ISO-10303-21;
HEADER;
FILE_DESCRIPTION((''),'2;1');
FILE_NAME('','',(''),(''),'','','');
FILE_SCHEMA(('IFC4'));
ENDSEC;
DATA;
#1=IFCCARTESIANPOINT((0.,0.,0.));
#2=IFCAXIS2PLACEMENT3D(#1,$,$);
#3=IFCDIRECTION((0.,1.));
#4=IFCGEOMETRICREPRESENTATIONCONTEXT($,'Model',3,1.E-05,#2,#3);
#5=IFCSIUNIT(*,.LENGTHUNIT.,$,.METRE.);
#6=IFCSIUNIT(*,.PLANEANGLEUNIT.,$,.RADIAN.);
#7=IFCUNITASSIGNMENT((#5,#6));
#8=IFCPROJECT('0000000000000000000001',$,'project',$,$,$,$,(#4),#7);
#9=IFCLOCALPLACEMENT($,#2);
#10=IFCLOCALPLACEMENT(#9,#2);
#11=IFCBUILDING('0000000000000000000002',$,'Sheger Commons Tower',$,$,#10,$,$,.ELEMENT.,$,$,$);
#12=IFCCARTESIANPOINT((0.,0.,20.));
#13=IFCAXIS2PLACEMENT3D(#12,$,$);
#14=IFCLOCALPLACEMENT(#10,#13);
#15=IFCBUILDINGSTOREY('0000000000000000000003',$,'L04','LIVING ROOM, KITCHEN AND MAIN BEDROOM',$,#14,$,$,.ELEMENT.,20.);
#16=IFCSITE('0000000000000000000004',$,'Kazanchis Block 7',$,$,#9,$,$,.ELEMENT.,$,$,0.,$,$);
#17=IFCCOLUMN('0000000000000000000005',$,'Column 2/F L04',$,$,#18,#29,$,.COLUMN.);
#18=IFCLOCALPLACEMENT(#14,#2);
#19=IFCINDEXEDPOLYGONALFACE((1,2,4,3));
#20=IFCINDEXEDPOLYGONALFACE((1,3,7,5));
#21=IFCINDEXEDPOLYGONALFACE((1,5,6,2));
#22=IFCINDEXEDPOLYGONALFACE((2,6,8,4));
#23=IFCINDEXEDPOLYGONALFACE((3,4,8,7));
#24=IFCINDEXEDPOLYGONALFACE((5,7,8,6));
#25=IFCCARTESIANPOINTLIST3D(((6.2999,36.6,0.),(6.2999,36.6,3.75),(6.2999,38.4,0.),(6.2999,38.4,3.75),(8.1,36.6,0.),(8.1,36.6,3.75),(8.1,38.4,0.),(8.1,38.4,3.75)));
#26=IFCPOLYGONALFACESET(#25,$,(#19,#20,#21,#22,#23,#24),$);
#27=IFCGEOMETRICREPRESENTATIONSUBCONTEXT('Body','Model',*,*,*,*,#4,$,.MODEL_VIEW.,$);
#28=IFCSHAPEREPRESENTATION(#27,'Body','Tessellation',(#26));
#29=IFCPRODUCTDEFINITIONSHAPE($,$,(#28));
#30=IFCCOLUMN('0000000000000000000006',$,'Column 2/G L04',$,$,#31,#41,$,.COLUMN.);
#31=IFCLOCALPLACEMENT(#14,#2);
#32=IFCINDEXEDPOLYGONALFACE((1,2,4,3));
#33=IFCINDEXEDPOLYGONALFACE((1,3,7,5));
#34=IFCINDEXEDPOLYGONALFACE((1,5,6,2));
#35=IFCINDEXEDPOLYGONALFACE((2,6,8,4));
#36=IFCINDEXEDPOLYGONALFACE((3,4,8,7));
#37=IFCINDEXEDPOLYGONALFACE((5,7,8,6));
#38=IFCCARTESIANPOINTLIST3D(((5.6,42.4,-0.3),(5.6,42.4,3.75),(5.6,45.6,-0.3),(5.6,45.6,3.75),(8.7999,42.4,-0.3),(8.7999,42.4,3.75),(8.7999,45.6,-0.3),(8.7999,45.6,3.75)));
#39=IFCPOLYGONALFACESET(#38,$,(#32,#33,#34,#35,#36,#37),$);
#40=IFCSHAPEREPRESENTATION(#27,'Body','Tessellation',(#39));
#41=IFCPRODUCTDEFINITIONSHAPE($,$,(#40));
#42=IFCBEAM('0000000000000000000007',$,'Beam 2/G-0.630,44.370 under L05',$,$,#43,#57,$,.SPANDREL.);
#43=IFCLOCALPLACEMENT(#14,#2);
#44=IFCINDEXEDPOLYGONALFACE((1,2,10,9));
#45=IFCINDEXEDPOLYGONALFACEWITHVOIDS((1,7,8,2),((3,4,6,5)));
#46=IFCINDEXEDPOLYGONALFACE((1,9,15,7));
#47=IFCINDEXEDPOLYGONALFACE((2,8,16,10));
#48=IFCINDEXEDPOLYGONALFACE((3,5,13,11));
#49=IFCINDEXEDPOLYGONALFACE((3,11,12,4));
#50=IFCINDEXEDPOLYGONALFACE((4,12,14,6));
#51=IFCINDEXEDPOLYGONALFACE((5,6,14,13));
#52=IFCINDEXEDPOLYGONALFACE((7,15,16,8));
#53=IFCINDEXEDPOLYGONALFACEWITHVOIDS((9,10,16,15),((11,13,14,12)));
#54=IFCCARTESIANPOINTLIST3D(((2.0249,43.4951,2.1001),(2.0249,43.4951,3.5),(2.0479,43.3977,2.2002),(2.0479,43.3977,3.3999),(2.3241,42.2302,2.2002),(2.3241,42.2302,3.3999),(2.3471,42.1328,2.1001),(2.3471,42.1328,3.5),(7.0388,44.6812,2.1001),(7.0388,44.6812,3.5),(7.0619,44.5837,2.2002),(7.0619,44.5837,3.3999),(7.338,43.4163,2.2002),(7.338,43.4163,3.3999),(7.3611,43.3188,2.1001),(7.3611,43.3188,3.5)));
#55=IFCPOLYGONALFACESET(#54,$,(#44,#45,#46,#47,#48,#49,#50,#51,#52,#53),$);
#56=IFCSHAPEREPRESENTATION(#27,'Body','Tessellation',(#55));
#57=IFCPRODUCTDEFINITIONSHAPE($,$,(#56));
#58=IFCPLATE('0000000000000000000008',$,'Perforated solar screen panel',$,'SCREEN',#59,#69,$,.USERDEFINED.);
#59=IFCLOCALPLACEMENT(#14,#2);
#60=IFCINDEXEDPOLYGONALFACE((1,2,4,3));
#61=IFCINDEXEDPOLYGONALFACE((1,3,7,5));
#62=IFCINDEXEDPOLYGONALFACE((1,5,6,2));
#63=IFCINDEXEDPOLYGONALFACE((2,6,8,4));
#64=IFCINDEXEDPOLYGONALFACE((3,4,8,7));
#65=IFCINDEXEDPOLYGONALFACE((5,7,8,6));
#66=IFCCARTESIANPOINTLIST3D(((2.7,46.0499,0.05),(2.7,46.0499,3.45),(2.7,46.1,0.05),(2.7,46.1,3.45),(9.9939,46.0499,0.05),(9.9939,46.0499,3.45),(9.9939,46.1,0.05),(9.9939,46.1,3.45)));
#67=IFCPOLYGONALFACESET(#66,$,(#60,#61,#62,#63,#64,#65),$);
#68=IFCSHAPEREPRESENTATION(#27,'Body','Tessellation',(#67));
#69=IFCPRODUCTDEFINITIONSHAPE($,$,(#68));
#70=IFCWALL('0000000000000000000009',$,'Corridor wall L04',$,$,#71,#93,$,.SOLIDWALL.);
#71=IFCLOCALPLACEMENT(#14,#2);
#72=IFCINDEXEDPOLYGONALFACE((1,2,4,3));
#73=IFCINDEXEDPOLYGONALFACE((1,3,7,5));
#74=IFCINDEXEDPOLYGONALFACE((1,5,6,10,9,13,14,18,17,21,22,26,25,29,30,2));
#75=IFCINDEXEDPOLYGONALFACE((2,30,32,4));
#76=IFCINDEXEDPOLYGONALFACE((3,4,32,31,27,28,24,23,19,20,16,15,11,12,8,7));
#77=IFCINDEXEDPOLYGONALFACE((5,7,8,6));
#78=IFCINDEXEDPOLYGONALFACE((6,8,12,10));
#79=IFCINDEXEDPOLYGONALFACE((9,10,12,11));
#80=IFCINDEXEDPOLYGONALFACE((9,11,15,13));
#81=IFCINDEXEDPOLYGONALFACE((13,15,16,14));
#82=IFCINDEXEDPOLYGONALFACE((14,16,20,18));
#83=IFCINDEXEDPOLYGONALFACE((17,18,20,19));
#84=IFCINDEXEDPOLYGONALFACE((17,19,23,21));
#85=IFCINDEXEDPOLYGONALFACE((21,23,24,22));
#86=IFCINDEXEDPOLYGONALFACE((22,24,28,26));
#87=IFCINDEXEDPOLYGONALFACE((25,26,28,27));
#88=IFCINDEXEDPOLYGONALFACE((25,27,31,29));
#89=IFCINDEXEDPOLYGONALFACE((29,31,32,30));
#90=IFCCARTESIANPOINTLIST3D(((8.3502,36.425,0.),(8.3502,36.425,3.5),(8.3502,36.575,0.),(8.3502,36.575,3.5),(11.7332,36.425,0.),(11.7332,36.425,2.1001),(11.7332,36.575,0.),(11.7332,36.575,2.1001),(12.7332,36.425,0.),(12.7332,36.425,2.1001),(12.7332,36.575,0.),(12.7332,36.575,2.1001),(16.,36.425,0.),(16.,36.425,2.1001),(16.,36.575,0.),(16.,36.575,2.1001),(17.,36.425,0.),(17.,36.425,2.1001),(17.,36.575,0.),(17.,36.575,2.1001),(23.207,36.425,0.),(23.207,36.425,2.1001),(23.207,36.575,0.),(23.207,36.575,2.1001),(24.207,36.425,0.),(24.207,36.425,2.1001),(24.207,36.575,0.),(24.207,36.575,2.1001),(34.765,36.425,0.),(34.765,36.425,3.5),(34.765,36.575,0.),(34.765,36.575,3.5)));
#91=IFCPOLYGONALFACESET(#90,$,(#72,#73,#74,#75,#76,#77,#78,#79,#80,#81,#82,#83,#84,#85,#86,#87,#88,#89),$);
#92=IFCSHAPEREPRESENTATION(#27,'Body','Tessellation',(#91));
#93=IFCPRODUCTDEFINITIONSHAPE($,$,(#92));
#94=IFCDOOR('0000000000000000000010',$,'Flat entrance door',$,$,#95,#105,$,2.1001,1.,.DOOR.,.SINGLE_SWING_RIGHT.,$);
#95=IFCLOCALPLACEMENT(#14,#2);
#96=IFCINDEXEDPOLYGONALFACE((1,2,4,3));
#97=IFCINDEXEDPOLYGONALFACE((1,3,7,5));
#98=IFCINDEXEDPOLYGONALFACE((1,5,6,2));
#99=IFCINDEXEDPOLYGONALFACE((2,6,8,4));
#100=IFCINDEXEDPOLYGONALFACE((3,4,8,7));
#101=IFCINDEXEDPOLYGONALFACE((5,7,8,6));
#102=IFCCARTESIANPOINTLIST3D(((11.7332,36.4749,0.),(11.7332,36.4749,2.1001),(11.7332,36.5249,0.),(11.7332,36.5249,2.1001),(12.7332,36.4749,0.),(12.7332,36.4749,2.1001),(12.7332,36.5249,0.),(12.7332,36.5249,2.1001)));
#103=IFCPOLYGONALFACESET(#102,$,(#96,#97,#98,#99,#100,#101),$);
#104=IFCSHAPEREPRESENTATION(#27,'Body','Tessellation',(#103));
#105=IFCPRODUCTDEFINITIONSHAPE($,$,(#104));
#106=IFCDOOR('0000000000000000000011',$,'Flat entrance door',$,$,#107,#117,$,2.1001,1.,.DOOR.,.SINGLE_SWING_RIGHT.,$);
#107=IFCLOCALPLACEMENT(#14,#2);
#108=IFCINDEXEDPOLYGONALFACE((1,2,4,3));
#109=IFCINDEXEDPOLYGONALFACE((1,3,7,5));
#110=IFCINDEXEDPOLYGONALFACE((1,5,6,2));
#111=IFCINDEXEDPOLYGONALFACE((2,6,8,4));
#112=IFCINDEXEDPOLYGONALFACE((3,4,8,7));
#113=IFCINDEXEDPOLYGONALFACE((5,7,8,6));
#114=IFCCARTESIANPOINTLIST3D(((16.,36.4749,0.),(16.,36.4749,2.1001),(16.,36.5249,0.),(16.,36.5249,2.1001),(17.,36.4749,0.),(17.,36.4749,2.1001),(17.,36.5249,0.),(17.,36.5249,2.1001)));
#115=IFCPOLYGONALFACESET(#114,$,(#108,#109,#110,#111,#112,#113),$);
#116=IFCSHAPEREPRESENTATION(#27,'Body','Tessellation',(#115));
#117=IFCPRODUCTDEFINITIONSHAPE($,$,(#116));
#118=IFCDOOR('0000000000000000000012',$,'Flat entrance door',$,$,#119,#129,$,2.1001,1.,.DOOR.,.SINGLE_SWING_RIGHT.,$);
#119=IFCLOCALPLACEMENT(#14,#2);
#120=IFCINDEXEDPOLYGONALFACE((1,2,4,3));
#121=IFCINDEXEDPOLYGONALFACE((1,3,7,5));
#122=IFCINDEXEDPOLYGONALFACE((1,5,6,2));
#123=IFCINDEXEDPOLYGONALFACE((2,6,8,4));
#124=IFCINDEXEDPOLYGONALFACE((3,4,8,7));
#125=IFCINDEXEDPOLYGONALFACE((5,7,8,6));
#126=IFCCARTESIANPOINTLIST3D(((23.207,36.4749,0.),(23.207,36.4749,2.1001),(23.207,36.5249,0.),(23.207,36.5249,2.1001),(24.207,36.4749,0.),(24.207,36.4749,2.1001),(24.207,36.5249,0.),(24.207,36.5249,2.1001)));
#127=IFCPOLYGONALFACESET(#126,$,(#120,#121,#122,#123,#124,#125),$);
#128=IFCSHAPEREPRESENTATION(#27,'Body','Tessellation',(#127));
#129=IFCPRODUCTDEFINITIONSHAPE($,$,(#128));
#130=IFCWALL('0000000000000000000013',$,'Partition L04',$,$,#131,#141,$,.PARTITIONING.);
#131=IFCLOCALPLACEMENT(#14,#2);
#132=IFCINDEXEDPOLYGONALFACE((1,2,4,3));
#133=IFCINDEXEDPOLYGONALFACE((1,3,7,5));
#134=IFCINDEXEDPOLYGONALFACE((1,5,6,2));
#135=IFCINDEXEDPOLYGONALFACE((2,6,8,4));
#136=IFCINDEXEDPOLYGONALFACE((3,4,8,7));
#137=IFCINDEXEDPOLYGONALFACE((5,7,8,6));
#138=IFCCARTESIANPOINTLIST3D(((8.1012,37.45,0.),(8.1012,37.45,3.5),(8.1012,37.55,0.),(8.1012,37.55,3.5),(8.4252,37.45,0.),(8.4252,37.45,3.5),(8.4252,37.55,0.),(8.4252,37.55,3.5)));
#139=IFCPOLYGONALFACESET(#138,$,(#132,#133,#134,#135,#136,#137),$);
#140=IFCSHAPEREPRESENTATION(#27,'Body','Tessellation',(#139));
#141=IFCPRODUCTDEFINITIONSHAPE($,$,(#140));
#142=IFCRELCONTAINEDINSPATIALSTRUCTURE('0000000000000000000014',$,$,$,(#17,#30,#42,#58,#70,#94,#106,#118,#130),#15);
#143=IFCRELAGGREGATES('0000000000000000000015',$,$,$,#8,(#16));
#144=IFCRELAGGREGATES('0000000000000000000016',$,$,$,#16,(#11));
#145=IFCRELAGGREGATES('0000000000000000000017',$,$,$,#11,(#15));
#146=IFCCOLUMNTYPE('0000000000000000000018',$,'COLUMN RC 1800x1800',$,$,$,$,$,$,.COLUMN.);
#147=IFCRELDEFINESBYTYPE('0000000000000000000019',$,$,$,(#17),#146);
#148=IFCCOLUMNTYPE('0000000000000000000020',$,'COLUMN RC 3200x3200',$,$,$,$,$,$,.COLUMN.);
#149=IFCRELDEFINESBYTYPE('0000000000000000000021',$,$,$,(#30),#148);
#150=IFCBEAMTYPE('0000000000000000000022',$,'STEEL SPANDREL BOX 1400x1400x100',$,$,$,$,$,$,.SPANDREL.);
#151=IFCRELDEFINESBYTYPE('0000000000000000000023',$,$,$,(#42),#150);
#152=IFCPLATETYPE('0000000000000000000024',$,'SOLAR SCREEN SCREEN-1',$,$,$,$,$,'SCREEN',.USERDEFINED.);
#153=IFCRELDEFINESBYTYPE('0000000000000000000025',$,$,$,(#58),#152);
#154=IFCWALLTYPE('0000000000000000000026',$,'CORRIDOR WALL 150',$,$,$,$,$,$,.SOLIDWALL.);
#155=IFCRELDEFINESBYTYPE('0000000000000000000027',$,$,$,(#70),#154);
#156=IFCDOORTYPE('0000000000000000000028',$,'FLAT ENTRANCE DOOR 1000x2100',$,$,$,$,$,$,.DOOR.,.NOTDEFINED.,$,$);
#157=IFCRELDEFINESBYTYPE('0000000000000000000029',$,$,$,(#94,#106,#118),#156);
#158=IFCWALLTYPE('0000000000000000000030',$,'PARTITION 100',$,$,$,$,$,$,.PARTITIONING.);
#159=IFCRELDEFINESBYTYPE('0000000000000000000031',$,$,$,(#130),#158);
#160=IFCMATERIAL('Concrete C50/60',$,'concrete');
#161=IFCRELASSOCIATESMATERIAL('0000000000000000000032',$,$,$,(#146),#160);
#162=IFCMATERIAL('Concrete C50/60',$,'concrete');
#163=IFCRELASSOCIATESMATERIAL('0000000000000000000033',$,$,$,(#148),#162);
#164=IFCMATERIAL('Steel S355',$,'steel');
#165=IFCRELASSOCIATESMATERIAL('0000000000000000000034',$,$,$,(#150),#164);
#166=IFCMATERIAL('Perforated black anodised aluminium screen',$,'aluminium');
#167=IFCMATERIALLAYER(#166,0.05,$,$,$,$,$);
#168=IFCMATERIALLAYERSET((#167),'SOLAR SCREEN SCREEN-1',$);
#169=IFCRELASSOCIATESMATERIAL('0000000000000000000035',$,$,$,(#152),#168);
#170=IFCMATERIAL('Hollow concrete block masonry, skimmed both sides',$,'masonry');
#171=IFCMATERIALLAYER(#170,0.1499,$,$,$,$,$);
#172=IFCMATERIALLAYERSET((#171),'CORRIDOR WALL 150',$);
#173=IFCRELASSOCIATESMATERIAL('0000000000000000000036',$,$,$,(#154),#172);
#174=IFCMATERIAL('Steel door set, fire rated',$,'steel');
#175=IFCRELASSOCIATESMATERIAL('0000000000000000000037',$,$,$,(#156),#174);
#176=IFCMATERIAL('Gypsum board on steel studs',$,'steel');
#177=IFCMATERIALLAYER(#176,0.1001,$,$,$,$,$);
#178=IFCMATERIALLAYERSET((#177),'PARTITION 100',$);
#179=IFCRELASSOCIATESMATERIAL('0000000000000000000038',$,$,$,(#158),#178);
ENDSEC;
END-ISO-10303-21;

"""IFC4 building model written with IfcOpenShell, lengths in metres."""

from ifc_helpers import new_model, si_unit, direction, frame, frame_2d, origin, origin_2d, place, context, subcontext, project, spatial, rectangle, hollow_rectangle, extrude, material, layer, layer_set, material_profile, profile_set, type_object, element, fill, save


model = new_model("IFC4")

# Units and contexts
model_context = context("Model", 3, precision=1e-05, world=origin(), true_north=direction((0.0, 1.0)))
body_context = subcontext(model_context, "Body", "Model", "MODEL_VIEW")
ifc_project = project(units=[si_unit("LENGTHUNIT", "METRE"), si_unit("PLANEANGLEUNIT", "RADIAN")], contexts=[model_context])

# Site, building, storey
site_placement = place(None, origin())
site = spatial("IfcSite", under=ifc_project, at=site_placement, Name="Kazanchis Block 7", CompositionType="ELEMENT", RefElevation=0.0)
building_placement = place(site_placement, origin())
building = spatial("IfcBuilding", under=site, at=building_placement, Name="Sheger Commons Tower", CompositionType="ELEMENT")
storey_placement = place(building_placement, frame((0.0, 0.0, 20.0)))
storey = spatial("IfcBuildingStorey", under=building, at=storey_placement, Name="L04", Description="LIVING ROOM, KITCHEN AND MAIN BEDROOM", CompositionType="ELEMENT", Elevation=20.0)

# Columns
ifc_material_1 = material(Name="Concrete C50/60", Category="concrete")
ifc_material_profile_1 = material_profile(ifc_material_1, rectangle(XDim=1.8, YDim=1.8, at=origin_2d()), Name="RC 1800x1800")
ifc_profile_set_1 = profile_set([ifc_material_profile_1], Name="Concrete C50/60")
column_type_1 = type_object("IfcColumnType", Name="COLUMN RC 1800x1800", PredefinedType="COLUMN", material=ifc_profile_set_1)
column_1_placement = place(storey_placement, frame((7.2, 37.5, 0.0), z_axis=(0.0, 0.0, 1.0), x_axis=(1.0, 0.0, 0.0)))
element("IfcColumn", 1, at=column_1_placement, inside=storey, type_object=column_type_1, Name="Column 2/F L04", PredefinedType="COLUMN", context=body_context, shape_type="SweptSolid", body=[
    extrude(rectangle(XDim=1.8, YDim=1.8, at=origin_2d()), origin(), (0.0, 0.0, 1.0), 3.75),
])
ifc_material_2 = material(Name="Concrete C50/60", Category="concrete")
ifc_material_profile_2 = material_profile(ifc_material_2, rectangle(XDim=3.2, YDim=3.2, at=origin_2d()), Name="RC 3200x3200")
ifc_profile_set_2 = profile_set([ifc_material_profile_2], Name="Concrete C50/60")
column_type_2 = type_object("IfcColumnType", Name="COLUMN RC 3200x3200", PredefinedType="COLUMN", material=ifc_profile_set_2)
column_2_placement = place(storey_placement, frame((7.2, 44.0, -0.3), z_axis=(0.0, 0.0, 1.0), x_axis=(1.0, 0.0, 0.0)))
element("IfcColumn", 2, at=column_2_placement, inside=storey, type_object=column_type_2, Name="Column 2/G L04", PredefinedType="COLUMN", context=body_context, shape_type="SweptSolid", body=[
    extrude(rectangle(XDim=3.2, YDim=3.2, at=origin_2d()), origin(), (0.0, 0.0, 1.0), 4.05),
])

# Beam
ifc_material_3 = material(Name="Steel S355", Category="steel")
ifc_material_profile_3 = material_profile(ifc_material_3, hollow_rectangle(XDim=1.3999, YDim=1.3999, WallThickness=0.1001, at=origin_2d()), Name="BOX 1400x1400x100")
ifc_profile_set_3 = profile_set([ifc_material_profile_3], Name="Steel S355")
beam_type = type_object("IfcBeamType", Name="STEEL SPANDREL BOX 1400x1400x100", PredefinedType="SPANDREL", material=ifc_profile_set_3)
beam_placement = place(storey_placement, frame((7.2, 44.0, 2.8), z_axis=(-0.973144, -0.230196, 0.0), x_axis=(0.230196, -0.973144, 0.0)))
element("IfcBeam", 3, at=beam_placement, inside=storey, type_object=beam_type, Name="Beam 2/G-0.630,44.370 under L05", PredefinedType="SPANDREL", context=body_context, shape_type="SweptSolid", body=[
    extrude(hollow_rectangle(XDim=1.3999, YDim=1.3999, WallThickness=0.1001, at=origin_2d()), origin(), (0.0, 0.0, 1.0), 5.1523),
])

# Plate
ifc_material_4 = material(Name="Perforated black anodised aluminium screen", Category="aluminium")
ifc_layer_1 = layer(ifc_material_4, 0.05)
ifc_layer_set_1 = layer_set([ifc_layer_1], Name="SOLAR SCREEN SCREEN-1")
plate_type = type_object("IfcPlateType", Name="SOLAR SCREEN SCREEN-1", ElementType="SCREEN", PredefinedType="USERDEFINED", material=ifc_layer_set_1)
plate_placement = place(storey_placement, frame((6.3469, 46.075, 0.05), z_axis=(0.0, 0.0, 1.0), x_axis=(-1.0, 0.0, 0.0)))
element("IfcPlate", 4, at=plate_placement, inside=storey, type_object=plate_type, Name="Perforated solar screen panel", ObjectType="SCREEN", PredefinedType="USERDEFINED", context=body_context, shape_type="SweptSolid", body=[
    extrude(rectangle(XDim=7.2939, YDim=0.05, at=origin_2d()), origin(), (0.0, 0.0, 1.0), 3.3999),
])

# Wall, openings, doors
ifc_material_5 = material(Name="Hollow concrete block masonry, skimmed both sides", Category="masonry")
ifc_layer_2 = layer(ifc_material_5, 0.1499)
ifc_layer_set_2 = layer_set([ifc_layer_2], Name="CORRIDOR WALL 150")
wall_type_1 = type_object("IfcWallType", Name="CORRIDOR WALL 150", PredefinedType="SOLIDWALL", material=ifc_layer_set_2)
wall_1_placement = place(storey_placement, frame((8.3501, 36.5, 0.0), z_axis=(0.0, 0.0, 1.0), x_axis=(1.0, 0.0, 0.0)))
wall_1 = element("IfcWall", 5, at=wall_1_placement, inside=storey, type_object=wall_type_1, Name="Corridor wall L04", PredefinedType="SOLIDWALL", context=body_context, shape_type="SweptSolid", body=[
    extrude(rectangle(XDim=26.4148, YDim=0.1499, at=frame_2d((13.2075, 0.0))), origin(), (0.0, 0.0, 1.0), 3.5),
])
opening_1_placement = place(wall_1_placement, frame((3.3831, 0.0, 0.0)))
opening_1 = element("IfcOpeningElement", 6, at=opening_1_placement, cuts=wall_1, PredefinedType="OPENING", context=body_context, shape_type="SweptSolid", body=[
    extrude(rectangle(XDim=1.0, YDim=2.1001, at=frame_2d((0.5, 1.05))), frame((0.0, 0.085, 0.0), z_axis=(0.0, -1.0, 0.0), x_axis=(1.0, 0.0, 0.0)), (0.0, 0.0, 1.0), 0.1699),
])
opening_2_placement = place(wall_1_placement, frame((7.6499, 0.0, 0.0)))
opening_2 = element("IfcOpeningElement", 7, at=opening_2_placement, cuts=wall_1, PredefinedType="OPENING", context=body_context, shape_type="SweptSolid", body=[
    extrude(rectangle(XDim=1.0, YDim=2.1001, at=frame_2d((0.5, 1.05))), frame((0.0, 0.085, 0.0), z_axis=(0.0, -1.0, 0.0), x_axis=(1.0, 0.0, 0.0)), (0.0, 0.0, 1.0), 0.1699),
])
opening_3_placement = place(wall_1_placement, frame((14.8569, 0.0, 0.0)))
opening_3 = element("IfcOpeningElement", 8, at=opening_3_placement, cuts=wall_1, PredefinedType="OPENING", context=body_context, shape_type="SweptSolid", body=[
    extrude(rectangle(XDim=1.0, YDim=2.1001, at=frame_2d((0.5, 1.05))), frame((0.0, 0.085, 0.0), z_axis=(0.0, -1.0, 0.0), x_axis=(1.0, 0.0, 0.0)), (0.0, 0.0, 1.0), 0.1699),
])
ifc_material_6 = material(Name="Steel door set, fire rated", Category="steel")
door_type_1 = type_object("IfcDoorType", Name="FLAT ENTRANCE DOOR 1000x2100", OperationType="NOTDEFINED", PredefinedType="DOOR", material=ifc_material_6)
door_1_placement = place(opening_1_placement, origin())
door_1 = element("IfcDoor", 9, at=door_1_placement, inside=storey, type_object=door_type_1, Name="Flat entrance door", OperationType="SINGLE_SWING_RIGHT", OverallHeight=2.1001, OverallWidth=1.0, PredefinedType="DOOR", context=body_context, shape_type="SweptSolid", body=[
    extrude(rectangle(XDim=1.0, YDim=2.1001, at=frame_2d((0.5, 1.05))), frame((0.0, 0.0249, 0.0), z_axis=(0.0, -1.0, 0.0), x_axis=(1.0, 0.0, 0.0)), (0.0, 0.0, 1.0), 0.05),
])
fill(opening_1, door_1)
door_2_placement = place(opening_2_placement, origin())
door_2 = element("IfcDoor", 10, at=door_2_placement, inside=storey, type_object=door_type_1, Name="Flat entrance door", OperationType="SINGLE_SWING_RIGHT", OverallHeight=2.1001, OverallWidth=1.0, PredefinedType="DOOR", context=body_context, shape_type="SweptSolid", body=[
    extrude(rectangle(XDim=1.0, YDim=2.1001, at=frame_2d((0.5, 1.05))), frame((0.0, 0.0249, 0.0), z_axis=(0.0, -1.0, 0.0), x_axis=(1.0, 0.0, 0.0)), (0.0, 0.0, 1.0), 0.05),
])
fill(opening_2, door_2)
door_3_placement = place(opening_3_placement, origin())
door_3 = element("IfcDoor", 11, at=door_3_placement, inside=storey, type_object=door_type_1, Name="Flat entrance door", OperationType="SINGLE_SWING_RIGHT", OverallHeight=2.1001, OverallWidth=1.0, PredefinedType="DOOR", context=body_context, shape_type="SweptSolid", body=[
    extrude(rectangle(XDim=1.0, YDim=2.1001, at=frame_2d((0.5, 1.05))), frame((0.0, 0.0249, 0.0), z_axis=(0.0, -1.0, 0.0), x_axis=(1.0, 0.0, 0.0)), (0.0, 0.0, 1.0), 0.05),
])
fill(opening_3, door_3)

# Wall
ifc_material_7 = material(Name="Gypsum board on steel studs", Category="steel")
ifc_layer_3 = layer(ifc_material_7, 0.1001)
ifc_layer_set_3 = layer_set([ifc_layer_3], Name="PARTITION 100")
wall_type_2 = type_object("IfcWallType", Name="PARTITION 100", PredefinedType="PARTITIONING", material=ifc_layer_set_3)
wall_2_placement = place(storey_placement, frame((8.1011, 37.5, 0.0), z_axis=(0.0, 0.0, 1.0), x_axis=(1.0, 0.0, 0.0)))
element("IfcWall", 12, at=wall_2_placement, inside=storey, type_object=wall_type_2, Name="Partition L04", PredefinedType="PARTITIONING", context=body_context, shape_type="SweptSolid", body=[
    extrude(rectangle(XDim=0.324, YDim=0.1001, at=frame_2d((0.1621, 0.0))), origin(), (0.0, 0.0, 1.0), 3.5),
])

save(model, "model.ifc")
